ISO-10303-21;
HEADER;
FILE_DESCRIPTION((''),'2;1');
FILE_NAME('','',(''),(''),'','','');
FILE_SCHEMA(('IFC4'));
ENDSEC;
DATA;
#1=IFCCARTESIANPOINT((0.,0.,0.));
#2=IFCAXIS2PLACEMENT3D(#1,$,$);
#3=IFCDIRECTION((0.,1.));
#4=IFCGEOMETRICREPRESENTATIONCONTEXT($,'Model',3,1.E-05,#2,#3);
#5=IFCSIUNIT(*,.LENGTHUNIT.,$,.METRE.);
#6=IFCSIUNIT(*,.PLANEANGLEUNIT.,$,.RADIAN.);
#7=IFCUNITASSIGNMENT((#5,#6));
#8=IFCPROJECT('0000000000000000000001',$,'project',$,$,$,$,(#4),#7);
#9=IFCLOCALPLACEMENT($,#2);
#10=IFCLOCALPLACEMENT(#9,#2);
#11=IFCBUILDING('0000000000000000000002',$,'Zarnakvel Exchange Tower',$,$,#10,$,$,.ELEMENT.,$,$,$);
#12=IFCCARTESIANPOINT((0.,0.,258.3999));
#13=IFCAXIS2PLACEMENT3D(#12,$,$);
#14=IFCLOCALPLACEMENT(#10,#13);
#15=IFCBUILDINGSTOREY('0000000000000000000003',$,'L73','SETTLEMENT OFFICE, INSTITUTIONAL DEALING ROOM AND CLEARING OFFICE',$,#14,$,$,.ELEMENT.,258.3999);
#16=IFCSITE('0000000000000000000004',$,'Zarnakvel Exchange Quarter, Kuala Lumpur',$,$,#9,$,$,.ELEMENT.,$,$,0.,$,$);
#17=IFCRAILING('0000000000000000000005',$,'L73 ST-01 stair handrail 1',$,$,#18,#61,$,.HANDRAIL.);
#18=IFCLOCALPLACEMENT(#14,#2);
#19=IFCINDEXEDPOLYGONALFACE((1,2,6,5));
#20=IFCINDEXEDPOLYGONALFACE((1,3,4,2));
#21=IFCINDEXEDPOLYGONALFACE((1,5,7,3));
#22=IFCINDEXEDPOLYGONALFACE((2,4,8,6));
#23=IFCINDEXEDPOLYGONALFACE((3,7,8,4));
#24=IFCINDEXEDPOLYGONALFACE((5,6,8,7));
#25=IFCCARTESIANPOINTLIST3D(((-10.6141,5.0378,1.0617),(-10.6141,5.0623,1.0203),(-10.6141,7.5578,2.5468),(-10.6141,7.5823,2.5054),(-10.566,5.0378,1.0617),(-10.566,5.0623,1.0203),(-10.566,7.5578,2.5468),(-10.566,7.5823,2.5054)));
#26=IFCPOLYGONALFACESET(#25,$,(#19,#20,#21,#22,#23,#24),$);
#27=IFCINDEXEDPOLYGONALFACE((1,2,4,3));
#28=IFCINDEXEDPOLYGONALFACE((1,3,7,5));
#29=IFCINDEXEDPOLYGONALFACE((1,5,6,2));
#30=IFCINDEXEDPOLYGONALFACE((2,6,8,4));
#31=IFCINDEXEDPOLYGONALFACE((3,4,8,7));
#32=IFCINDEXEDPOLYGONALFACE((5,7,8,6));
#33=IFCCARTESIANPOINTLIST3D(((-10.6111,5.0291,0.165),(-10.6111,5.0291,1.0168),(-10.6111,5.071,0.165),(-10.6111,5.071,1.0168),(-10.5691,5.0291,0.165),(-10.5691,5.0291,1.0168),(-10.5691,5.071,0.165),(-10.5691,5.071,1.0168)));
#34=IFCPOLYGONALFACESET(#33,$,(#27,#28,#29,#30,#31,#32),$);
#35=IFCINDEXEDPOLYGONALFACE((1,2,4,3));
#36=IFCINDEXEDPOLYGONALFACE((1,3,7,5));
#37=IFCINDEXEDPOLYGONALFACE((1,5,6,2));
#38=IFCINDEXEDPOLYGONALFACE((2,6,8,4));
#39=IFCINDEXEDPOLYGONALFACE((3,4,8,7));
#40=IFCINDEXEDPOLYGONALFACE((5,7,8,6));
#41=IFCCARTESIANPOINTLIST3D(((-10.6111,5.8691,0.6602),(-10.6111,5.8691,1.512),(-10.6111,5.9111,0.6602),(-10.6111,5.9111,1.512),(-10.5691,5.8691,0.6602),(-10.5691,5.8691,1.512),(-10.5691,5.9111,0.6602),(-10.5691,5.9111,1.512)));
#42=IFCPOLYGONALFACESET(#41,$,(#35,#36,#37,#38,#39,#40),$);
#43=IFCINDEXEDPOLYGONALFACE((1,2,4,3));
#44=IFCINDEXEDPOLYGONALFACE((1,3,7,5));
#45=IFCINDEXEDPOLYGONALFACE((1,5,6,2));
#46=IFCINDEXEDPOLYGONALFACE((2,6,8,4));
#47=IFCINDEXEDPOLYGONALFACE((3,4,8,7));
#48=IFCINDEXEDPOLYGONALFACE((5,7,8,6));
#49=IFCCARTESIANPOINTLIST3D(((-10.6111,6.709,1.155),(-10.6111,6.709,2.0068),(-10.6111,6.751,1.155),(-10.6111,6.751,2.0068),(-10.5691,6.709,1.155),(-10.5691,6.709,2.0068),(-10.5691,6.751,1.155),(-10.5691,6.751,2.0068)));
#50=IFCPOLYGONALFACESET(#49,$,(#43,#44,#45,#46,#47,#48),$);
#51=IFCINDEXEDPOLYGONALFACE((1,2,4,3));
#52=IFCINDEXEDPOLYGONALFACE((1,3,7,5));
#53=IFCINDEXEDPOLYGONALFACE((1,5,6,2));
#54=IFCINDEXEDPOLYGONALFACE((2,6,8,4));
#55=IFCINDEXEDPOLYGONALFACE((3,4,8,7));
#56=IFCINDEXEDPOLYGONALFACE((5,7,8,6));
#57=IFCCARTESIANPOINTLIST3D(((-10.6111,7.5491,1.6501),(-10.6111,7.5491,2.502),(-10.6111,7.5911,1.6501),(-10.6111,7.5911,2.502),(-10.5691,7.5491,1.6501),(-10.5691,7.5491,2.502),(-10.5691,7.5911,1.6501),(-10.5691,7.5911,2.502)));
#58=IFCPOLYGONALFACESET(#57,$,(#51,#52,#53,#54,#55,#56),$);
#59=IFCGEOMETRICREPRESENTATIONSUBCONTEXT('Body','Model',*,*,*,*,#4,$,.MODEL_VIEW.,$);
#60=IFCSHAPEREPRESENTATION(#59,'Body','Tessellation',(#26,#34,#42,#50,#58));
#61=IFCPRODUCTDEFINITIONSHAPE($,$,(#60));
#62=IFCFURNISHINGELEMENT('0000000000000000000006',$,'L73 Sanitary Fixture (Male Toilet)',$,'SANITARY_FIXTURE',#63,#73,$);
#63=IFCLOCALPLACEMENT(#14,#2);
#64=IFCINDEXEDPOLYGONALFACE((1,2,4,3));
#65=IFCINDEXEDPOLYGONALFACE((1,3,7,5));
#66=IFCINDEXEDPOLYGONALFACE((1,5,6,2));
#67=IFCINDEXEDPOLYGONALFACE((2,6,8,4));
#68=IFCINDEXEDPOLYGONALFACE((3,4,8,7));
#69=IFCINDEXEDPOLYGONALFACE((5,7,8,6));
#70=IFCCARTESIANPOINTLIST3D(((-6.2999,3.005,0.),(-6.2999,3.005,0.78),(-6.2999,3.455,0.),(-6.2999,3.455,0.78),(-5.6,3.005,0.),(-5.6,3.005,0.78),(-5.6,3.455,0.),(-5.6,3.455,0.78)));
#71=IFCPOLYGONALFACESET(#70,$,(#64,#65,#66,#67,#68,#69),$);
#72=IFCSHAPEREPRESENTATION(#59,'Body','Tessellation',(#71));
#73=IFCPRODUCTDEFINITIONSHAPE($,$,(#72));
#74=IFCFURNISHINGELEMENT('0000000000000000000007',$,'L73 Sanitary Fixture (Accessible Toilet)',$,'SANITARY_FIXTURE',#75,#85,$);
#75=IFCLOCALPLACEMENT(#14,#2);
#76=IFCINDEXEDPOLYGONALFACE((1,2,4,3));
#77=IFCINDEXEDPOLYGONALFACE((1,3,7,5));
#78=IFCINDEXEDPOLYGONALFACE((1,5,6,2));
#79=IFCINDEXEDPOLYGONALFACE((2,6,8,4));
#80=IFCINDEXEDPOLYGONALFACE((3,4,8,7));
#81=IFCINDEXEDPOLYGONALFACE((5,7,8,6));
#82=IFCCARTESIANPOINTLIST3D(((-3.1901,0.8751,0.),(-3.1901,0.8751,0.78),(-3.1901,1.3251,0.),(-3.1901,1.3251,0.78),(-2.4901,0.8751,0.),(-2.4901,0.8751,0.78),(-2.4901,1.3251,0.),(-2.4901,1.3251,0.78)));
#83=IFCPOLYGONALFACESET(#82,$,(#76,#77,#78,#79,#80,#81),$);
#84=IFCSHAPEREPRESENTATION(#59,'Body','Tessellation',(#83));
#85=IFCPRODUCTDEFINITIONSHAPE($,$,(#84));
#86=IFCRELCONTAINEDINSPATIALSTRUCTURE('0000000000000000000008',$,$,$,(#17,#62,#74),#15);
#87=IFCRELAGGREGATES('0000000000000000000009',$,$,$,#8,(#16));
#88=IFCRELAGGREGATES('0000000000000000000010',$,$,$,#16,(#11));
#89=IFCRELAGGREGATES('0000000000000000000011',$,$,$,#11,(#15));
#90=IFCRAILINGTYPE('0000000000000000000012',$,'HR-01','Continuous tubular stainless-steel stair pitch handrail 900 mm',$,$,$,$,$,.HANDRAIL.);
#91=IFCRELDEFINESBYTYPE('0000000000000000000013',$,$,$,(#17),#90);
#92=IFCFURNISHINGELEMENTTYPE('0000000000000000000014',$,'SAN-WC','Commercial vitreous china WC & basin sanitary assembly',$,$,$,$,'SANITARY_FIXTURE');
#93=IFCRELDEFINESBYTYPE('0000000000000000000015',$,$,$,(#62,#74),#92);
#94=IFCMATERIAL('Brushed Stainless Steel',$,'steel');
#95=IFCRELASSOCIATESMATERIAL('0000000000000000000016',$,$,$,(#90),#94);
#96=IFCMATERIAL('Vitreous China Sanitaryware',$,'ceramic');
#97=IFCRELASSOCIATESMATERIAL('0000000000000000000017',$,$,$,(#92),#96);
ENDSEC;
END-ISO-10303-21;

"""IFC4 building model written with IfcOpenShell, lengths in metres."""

from ifc_helpers import new_model, si_unit, direction, frame, origin, origin_2d, place, context, subcontext, project, spatial, rectangle, extrude, source, transform, mapped, material, type_object, element, save


model = new_model("IFC4")

# Units and contexts
model_context = context("Model", 3, precision=1e-05, world=origin(), true_north=direction((0.0, 1.0)))
body_context = subcontext(model_context, "Body", "Model", "MODEL_VIEW")
ifc_project = project(units=[si_unit("LENGTHUNIT", "METRE"), si_unit("PLANEANGLEUNIT", "RADIAN")], contexts=[model_context])

# Site, building, storey
site_placement = place(None, origin())
site = spatial("IfcSite", under=ifc_project, at=site_placement, Name="Zarnakvel Exchange Quarter, Kuala Lumpur", CompositionType="ELEMENT", RefElevation=0.0)
building_placement = place(site_placement, origin())
building = spatial("IfcBuilding", under=site, at=building_placement, Name="Zarnakvel Exchange Tower", CompositionType="ELEMENT")
storey_placement = place(building_placement, frame((0.0, 0.0, 258.3999)))
storey = spatial("IfcBuildingStorey", under=building, at=storey_placement, Name="L73", Description="SETTLEMENT OFFICE, INSTITUTIONAL DEALING ROOM AND CLEARING OFFICE", CompositionType="ELEMENT", Elevation=258.3999)

# Shared definitions
ifc_material_1 = material(Name="Brushed Stainless Steel", Category="steel")

# Railing
railing_type = type_object("IfcRailingType", Name="HR-01", Description="Continuous tubular stainless-steel stair pitch handrail 900 mm", PredefinedType="HANDRAIL", material=ifc_material_1)
railing_placement = place(storey_placement, frame((-10.5901, 5.05, 0.165)))
element("IfcRailing", 1, at=railing_placement, inside=storey, type_object=railing_type, Name="L73 ST-01 stair handrail 1", PredefinedType="HANDRAIL", context=body_context, shape_type="SweptSolid", body=[
    extrude(rectangle(XDim=0.0481, YDim=0.0481, at=origin_2d()), frame((0.0, 0.0, 0.876), z_axis=(0.0, 0.861524, 0.507717), x_axis=(-1.0, 0.0, 0.0)), (0.0, 0.0, 1.0), 2.925),
    extrude(rectangle(XDim=0.042, YDim=0.042, at=origin_2d()), origin(), (0.0, 0.0, 1.0), 0.8518),
    extrude(rectangle(XDim=0.042, YDim=0.042, at=origin_2d()), frame((0.0, 0.8401, 0.4951)), (0.0, 0.0, 1.0), 0.8518),
    extrude(rectangle(XDim=0.042, YDim=0.042, at=origin_2d()), frame((0.0, 1.6799, 0.99)), (0.0, 0.0, 1.0), 0.8518),
    extrude(rectangle(XDim=0.042, YDim=0.042, at=origin_2d()), frame((0.0, 2.52, 1.4851)), (0.0, 0.0, 1.0), 0.8518),
])

# Furnishing elements
ifc_material_2 = material(Name="Vitreous China Sanitaryware", Category="ceramic")
furnishing_element_type = type_object("IfcFurnishingElementType", Name="SAN-WC", Description="Commercial vitreous china WC & basin sanitary assembly", ElementType="SANITARY_FIXTURE", material=ifc_material_2)
shared_shape_1 = source(origin(), body_context, "Body", "SweptSolid", [
    extrude(rectangle(XDim=0.7, YDim=0.45, at=origin_2d()), origin(), (0.0, 0.0, 1.0), 0.78),
])
for number, where, z_axis, x_axis, name in (
    (2, (-5.95, 3.23, 0.0), (0.0, 0.0, 1.0), (1.0, 0.0, 0.0), "L73 Sanitary Fixture (Male Toilet)"),
    (3, (-2.8401, 1.1001, 0.0), (0.0, 0.0, 1.0), (1.0, 0.0, 0.0), "L73 Sanitary Fixture (Accessible Toilet)"),
):
    element("IfcFurnishingElement", number, at=place(storey_placement, frame(where, z_axis=z_axis, x_axis=x_axis)), inside=storey, type_object=furnishing_element_type, Name=name, ObjectType="SANITARY_FIXTURE", context=body_context, shape_type="MappedRepresentation", body=[
        mapped(shared_shape_1, transform((0.0, 0.0, 0.0), x_axis=(1.0, 0.0, 0.0), y_axis=(0.0, 1.0, 0.0), z_axis=(0.0, 0.0, 1.0), scale=1.0)),
    ])

save(model, "model.ifc")
